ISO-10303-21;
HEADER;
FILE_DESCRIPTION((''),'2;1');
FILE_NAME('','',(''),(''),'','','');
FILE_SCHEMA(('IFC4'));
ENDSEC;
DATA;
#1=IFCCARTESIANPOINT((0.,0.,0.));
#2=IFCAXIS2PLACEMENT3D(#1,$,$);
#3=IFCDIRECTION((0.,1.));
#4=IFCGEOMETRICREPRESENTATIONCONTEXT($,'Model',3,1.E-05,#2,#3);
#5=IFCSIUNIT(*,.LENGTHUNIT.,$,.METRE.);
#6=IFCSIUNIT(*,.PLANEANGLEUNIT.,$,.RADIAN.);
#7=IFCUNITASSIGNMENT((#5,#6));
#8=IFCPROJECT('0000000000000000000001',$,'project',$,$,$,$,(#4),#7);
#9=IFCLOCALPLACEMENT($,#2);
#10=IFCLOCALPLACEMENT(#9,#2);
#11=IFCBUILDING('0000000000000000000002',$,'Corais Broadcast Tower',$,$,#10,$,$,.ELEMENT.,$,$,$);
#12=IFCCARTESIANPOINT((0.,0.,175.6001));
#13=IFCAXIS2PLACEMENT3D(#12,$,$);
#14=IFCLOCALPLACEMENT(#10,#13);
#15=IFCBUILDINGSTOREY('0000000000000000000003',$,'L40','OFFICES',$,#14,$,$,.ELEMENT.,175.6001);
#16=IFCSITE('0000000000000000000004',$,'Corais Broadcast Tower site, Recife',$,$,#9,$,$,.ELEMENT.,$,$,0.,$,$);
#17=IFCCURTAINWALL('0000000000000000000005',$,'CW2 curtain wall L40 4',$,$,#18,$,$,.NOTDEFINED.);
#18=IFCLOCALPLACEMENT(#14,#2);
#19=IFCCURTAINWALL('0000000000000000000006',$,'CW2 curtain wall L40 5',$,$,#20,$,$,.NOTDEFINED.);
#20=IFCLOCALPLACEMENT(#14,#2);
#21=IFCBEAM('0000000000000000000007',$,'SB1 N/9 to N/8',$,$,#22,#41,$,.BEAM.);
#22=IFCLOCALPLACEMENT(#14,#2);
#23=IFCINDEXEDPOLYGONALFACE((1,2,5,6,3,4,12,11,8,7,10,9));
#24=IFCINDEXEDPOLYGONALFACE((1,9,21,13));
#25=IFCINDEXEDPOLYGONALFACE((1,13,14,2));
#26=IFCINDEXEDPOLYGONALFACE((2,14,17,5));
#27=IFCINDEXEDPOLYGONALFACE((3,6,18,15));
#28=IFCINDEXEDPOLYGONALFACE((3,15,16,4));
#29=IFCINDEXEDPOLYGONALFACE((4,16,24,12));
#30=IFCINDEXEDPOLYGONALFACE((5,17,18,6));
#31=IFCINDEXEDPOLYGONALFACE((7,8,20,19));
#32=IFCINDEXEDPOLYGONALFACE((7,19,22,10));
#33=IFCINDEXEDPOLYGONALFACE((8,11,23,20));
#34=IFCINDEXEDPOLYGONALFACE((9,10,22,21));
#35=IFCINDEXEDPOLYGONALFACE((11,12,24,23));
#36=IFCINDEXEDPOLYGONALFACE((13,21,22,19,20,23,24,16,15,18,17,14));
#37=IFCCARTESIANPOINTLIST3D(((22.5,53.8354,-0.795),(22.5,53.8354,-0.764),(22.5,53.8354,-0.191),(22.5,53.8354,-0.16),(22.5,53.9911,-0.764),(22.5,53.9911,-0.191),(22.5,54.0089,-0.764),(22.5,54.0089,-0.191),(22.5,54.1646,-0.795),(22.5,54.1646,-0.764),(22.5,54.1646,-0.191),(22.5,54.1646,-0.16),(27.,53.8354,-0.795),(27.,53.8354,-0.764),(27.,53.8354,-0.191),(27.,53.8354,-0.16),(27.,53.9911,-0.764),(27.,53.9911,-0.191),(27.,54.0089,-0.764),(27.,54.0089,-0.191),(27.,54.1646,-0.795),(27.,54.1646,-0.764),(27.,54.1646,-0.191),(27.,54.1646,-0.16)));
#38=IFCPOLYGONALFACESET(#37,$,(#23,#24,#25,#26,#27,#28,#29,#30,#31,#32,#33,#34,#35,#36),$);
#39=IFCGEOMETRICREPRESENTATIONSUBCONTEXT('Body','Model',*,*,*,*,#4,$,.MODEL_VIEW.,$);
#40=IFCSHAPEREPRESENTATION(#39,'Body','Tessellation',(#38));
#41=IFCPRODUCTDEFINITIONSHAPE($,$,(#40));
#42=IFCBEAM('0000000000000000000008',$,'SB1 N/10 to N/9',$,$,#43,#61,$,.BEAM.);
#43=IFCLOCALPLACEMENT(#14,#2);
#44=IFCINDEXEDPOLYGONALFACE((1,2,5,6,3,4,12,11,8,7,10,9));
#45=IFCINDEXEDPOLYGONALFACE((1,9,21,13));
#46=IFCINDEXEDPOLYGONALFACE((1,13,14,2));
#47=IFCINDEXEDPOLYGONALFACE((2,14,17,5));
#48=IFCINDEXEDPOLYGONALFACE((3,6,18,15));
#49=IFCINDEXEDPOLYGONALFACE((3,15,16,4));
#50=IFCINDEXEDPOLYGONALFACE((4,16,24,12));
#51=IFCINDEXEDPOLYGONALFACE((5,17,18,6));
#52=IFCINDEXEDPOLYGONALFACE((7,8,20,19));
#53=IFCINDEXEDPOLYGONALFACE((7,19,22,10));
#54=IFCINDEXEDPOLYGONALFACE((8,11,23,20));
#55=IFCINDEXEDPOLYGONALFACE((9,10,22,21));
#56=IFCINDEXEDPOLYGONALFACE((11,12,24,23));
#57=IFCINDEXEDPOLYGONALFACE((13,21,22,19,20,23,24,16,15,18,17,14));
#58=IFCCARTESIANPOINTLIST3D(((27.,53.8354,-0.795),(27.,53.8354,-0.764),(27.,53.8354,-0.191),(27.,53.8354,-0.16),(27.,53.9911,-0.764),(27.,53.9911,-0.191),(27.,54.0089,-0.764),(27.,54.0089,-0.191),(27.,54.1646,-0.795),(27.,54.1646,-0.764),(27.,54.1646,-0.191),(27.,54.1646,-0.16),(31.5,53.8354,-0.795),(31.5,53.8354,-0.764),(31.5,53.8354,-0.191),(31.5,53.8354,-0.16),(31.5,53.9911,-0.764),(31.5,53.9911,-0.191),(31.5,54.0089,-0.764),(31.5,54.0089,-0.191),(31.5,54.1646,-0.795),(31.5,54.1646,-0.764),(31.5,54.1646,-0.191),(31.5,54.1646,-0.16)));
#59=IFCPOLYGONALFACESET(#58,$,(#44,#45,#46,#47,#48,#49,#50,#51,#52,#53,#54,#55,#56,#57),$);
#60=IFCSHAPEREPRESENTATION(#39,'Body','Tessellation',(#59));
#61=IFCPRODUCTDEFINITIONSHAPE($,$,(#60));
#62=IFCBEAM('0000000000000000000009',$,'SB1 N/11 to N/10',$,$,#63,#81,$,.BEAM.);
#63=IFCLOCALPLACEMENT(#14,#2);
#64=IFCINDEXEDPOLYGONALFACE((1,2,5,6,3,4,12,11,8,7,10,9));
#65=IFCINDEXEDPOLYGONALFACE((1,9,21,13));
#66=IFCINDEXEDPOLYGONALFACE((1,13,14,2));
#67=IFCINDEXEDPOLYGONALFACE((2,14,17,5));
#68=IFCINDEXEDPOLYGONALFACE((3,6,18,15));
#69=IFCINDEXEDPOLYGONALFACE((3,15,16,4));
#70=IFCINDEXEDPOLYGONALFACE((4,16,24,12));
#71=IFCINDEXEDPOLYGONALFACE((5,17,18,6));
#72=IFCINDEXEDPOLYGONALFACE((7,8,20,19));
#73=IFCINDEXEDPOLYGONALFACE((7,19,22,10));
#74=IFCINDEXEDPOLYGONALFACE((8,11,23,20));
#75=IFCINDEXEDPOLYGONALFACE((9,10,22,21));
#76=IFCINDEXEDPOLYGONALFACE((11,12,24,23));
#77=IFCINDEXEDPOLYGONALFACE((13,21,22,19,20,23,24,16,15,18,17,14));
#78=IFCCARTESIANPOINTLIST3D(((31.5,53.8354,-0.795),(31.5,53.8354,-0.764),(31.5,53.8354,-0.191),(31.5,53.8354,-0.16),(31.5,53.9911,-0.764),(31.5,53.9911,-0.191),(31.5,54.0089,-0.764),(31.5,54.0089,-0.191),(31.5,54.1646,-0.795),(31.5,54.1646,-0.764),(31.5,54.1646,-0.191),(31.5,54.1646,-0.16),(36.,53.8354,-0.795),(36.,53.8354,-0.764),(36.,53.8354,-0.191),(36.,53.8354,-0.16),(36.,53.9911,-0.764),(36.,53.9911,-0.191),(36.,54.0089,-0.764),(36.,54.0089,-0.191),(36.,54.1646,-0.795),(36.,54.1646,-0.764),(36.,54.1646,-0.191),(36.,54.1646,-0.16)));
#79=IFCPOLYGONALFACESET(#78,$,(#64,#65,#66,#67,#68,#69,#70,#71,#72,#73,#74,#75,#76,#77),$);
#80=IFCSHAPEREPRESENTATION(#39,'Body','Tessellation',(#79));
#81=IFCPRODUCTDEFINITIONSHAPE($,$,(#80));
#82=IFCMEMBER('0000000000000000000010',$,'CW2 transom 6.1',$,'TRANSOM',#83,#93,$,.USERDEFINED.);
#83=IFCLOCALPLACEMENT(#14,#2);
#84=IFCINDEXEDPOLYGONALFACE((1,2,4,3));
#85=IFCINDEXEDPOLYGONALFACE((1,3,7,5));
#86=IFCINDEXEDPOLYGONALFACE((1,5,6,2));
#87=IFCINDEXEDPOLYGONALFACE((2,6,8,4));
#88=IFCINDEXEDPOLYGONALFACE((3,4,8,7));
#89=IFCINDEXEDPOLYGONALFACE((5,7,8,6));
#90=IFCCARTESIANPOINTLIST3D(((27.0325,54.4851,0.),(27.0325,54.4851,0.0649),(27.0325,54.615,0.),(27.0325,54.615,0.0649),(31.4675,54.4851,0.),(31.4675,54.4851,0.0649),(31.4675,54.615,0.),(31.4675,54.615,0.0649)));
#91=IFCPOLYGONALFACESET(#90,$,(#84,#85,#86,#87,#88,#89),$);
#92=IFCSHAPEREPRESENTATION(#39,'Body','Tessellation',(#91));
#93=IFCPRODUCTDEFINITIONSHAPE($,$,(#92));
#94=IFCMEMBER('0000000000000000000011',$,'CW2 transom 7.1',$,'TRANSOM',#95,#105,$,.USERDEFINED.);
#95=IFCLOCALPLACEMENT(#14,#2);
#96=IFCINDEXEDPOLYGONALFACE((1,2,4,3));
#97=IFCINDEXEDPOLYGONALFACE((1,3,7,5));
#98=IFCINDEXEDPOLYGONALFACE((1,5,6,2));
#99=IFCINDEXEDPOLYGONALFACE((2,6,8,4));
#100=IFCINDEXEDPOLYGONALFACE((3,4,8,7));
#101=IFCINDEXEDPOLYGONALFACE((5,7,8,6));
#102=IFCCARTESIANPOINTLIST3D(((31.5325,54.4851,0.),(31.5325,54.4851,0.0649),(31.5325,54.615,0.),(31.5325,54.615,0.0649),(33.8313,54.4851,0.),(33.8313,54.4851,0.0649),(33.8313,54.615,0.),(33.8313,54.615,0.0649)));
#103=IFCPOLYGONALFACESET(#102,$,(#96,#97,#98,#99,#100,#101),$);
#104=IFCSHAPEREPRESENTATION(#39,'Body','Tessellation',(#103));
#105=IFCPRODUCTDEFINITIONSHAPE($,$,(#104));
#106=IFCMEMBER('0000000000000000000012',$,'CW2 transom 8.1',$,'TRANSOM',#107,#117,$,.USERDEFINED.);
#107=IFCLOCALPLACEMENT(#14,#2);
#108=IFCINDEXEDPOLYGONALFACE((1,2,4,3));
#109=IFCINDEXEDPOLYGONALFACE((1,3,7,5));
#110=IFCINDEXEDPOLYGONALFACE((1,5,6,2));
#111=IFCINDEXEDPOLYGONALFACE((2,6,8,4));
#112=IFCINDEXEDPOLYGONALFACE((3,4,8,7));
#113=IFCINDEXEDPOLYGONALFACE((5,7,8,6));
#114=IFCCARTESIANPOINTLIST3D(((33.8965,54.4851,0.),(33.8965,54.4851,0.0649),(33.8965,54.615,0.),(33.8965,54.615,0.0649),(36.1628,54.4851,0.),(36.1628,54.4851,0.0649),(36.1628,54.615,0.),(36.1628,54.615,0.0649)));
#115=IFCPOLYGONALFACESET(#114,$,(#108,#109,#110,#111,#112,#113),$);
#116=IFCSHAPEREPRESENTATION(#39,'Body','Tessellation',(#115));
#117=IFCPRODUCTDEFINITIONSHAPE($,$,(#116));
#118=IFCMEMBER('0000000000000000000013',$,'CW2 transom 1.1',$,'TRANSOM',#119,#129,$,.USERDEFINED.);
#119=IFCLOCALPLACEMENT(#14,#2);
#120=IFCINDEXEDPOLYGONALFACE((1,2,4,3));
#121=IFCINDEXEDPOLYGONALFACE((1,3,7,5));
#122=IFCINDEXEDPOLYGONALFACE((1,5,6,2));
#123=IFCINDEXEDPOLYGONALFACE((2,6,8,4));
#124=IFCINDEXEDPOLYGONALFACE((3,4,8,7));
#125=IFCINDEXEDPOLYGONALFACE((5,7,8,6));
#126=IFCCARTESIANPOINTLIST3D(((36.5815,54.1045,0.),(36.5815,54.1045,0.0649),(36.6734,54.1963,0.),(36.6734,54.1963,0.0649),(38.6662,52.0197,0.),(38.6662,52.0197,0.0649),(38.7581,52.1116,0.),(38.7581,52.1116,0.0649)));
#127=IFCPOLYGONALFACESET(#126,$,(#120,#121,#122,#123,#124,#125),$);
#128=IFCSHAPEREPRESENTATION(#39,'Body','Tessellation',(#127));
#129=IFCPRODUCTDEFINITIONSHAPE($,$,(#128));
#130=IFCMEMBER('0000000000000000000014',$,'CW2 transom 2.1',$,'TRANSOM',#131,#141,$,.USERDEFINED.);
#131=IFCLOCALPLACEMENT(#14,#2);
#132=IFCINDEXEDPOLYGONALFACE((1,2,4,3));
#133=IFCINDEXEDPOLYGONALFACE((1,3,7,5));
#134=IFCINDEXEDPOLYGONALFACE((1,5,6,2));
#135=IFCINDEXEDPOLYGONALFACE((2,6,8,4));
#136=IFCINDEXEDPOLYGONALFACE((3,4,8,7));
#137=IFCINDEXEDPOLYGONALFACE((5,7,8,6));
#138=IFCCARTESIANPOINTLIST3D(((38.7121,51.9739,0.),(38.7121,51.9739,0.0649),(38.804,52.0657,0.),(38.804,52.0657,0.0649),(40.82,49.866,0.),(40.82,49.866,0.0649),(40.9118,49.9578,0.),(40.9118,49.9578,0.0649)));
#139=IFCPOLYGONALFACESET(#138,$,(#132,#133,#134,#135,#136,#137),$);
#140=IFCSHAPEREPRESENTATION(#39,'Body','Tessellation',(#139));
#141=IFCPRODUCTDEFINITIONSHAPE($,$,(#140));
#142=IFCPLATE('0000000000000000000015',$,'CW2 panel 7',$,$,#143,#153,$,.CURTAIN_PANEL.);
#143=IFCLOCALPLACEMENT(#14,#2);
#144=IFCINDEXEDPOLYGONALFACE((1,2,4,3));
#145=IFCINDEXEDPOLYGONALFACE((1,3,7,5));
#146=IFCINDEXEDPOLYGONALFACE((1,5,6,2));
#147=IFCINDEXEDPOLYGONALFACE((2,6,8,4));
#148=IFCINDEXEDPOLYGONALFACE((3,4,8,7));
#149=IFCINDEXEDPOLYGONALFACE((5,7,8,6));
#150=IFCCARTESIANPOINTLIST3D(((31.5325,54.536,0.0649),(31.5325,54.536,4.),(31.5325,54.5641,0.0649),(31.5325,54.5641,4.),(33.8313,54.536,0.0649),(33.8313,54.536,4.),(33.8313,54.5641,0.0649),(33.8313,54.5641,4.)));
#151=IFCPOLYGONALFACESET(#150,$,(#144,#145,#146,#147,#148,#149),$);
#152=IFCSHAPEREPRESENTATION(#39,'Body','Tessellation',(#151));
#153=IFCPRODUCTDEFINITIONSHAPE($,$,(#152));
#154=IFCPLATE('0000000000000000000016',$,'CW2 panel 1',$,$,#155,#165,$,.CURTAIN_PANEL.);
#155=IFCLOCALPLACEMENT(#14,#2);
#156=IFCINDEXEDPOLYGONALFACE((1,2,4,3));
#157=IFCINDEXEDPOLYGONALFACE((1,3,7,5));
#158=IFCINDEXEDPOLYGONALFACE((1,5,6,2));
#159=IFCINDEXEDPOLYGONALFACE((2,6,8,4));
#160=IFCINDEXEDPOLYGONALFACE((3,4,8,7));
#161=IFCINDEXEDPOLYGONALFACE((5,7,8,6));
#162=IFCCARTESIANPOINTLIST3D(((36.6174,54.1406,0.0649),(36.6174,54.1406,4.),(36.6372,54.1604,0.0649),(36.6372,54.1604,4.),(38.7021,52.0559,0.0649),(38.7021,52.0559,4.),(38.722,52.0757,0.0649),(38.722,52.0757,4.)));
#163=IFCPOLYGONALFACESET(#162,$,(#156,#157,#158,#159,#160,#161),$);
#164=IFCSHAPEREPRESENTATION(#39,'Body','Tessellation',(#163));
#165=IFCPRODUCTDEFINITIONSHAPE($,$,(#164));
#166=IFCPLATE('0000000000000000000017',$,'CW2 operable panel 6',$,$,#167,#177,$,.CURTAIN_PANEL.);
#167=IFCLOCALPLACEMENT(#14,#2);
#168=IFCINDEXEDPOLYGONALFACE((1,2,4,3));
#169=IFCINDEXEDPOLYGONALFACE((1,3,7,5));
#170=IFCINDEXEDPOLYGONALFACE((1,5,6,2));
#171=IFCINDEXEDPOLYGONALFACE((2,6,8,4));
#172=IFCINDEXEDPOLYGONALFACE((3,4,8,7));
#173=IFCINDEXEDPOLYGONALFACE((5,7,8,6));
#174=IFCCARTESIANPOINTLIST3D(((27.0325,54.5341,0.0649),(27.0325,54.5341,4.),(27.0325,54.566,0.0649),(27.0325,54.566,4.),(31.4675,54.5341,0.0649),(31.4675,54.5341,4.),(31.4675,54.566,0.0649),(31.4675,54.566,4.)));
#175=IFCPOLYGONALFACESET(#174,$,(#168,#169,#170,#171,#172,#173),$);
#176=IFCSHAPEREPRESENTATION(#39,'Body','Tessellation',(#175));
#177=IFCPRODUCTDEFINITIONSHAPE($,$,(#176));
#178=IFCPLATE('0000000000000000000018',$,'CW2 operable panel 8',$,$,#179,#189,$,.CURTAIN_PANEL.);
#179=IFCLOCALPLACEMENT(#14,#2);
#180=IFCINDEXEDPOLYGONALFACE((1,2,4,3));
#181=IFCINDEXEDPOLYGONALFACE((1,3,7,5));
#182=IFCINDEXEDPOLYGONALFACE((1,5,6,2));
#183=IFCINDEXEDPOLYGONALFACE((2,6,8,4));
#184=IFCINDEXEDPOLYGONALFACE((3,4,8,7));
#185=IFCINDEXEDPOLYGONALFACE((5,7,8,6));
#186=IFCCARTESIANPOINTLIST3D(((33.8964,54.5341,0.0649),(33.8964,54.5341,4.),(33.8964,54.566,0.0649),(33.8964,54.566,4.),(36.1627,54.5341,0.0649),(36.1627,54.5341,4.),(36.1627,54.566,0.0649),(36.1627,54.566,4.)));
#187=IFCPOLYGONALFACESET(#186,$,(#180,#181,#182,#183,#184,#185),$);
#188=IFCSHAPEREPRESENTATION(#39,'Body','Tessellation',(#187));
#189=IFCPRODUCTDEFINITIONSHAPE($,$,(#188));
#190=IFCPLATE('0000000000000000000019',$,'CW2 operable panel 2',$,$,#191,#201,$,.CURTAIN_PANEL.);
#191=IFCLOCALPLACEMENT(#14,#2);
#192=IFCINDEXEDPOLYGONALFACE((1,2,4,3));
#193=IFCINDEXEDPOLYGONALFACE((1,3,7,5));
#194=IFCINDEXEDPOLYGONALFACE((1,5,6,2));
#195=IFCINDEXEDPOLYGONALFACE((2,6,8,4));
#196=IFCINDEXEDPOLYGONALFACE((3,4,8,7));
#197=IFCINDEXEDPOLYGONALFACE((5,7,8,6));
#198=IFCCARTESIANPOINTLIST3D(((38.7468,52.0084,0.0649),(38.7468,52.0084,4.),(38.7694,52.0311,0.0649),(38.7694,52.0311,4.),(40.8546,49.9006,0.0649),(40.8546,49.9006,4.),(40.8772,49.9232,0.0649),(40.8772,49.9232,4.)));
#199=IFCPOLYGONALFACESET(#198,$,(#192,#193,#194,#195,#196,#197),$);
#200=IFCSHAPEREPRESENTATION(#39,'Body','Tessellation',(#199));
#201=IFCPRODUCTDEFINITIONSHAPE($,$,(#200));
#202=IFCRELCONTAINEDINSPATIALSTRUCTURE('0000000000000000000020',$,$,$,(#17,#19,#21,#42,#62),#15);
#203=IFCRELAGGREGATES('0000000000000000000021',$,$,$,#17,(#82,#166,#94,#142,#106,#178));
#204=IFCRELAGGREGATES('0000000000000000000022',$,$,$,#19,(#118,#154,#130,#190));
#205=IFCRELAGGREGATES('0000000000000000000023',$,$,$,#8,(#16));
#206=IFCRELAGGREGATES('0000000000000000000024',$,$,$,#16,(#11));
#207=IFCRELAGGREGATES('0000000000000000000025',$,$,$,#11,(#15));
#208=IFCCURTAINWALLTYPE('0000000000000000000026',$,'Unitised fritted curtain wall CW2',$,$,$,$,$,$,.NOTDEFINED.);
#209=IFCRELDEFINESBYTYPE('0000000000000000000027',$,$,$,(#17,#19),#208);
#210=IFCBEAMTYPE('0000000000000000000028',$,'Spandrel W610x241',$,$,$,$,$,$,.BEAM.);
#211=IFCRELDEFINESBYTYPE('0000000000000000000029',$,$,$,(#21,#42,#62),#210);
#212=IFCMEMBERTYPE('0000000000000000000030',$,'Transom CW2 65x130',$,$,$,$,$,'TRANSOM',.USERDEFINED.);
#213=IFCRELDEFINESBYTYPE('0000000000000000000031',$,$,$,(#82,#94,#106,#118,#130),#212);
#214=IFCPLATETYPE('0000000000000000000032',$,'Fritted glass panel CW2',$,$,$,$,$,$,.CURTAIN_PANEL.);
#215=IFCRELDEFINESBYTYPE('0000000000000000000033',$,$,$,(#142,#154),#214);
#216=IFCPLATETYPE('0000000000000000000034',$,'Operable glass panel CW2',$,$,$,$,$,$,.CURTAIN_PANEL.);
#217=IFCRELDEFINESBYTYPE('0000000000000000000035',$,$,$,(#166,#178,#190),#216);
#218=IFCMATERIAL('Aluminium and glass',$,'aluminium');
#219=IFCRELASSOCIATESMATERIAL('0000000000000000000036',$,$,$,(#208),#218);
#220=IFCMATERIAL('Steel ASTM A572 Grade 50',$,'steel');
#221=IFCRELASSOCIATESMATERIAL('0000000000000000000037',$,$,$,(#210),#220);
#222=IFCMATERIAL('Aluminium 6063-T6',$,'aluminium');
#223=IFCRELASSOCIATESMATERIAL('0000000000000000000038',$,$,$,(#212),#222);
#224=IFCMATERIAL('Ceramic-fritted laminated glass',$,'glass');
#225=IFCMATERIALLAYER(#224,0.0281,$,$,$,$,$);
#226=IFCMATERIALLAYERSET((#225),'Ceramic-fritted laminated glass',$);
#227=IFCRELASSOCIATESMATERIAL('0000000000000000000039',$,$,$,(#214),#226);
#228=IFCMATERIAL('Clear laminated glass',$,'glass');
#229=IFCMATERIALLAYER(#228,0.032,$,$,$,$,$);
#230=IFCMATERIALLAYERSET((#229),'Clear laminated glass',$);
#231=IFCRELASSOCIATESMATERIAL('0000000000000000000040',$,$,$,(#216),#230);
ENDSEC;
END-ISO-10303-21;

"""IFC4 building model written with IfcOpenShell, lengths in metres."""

from ifc_helpers import new_model, si_unit, direction, frame, origin, origin_2d, place, context, subcontext, project, spatial, rectangle, i_section, extrude, material, layer, layer_set, material_profile, profile_set, type_object, element, aggregate, save


model = new_model("IFC4")

# Units and contexts
model_context = context("Model", 3, precision=1e-05, world=origin(), true_north=direction((0.0, 1.0)))
body_context = subcontext(model_context, "Body", "Model", "MODEL_VIEW")
ifc_project = project(units=[si_unit("LENGTHUNIT", "METRE"), si_unit("PLANEANGLEUNIT", "RADIAN")], contexts=[model_context])

# Site, building, storey
site_placement = place(None, origin())
site = spatial("IfcSite", under=ifc_project, at=site_placement, Name="Corais Broadcast Tower site, Recife", CompositionType="ELEMENT", RefElevation=0.0)
building_placement = place(site_placement, origin())
building = spatial("IfcBuilding", under=site, at=building_placement, Name="Corais Broadcast Tower", CompositionType="ELEMENT")
storey_placement = place(building_placement, frame((0.0, 0.0, 175.6001)))
storey = spatial("IfcBuildingStorey", under=building, at=storey_placement, Name="L40", Description="OFFICES", CompositionType="ELEMENT", Elevation=175.6001)

# Curtain walls
ifc_material_1 = material(Name="Aluminium and glass", Category="aluminium")
curtain_wall_type = type_object("IfcCurtainWallType", Name="Unitised fritted curtain wall CW2", PredefinedType="NOTDEFINED", material=ifc_material_1)
curtain_wall_1_placement = place(storey_placement, origin())
curtain_wall_1 = element("IfcCurtainWall", 1, at=curtain_wall_1_placement, inside=storey, type_object=curtain_wall_type, Name="CW2 curtain wall L40 4", PredefinedType="NOTDEFINED")
curtain_wall_2_placement = place(storey_placement, origin())
curtain_wall_2 = element("IfcCurtainWall", 2, at=curtain_wall_2_placement, inside=storey, type_object=curtain_wall_type, Name="CW2 curtain wall L40 5", PredefinedType="NOTDEFINED")

# Beams
ifc_material_2 = material(Name="Steel ASTM A572 Grade 50", Category="steel")
ifc_material_profile_1 = material_profile(ifc_material_2, i_section(OverallWidth=0.3291, OverallDepth=0.635, WebThickness=0.0178, FlangeThickness=0.031, at=origin_2d()), Name="W610x241")
ifc_profile_set_1 = profile_set([ifc_material_profile_1], Name="Steel ASTM A572 Grade 50")
beam_type_1 = type_object("IfcBeamType", Name="Spandrel W610x241", PredefinedType="BEAM", material=ifc_profile_set_1)
for number, where, z_axis, x_axis, name in (
    (3, (27.0, 54.0, -0.4775), (-1.0, 0.0, 0.0), (0.0, -1.0, 0.0), "SB1 N/9 to N/8"),
    (4, (31.5, 54.0, -0.4775), (-1.0, 0.0, 0.0), (0.0, -1.0, 0.0), "SB1 N/10 to N/9"),
    (5, (36.0, 54.0, -0.4775), (-1.0, 0.0, 0.0), (0.0, -1.0, 0.0), "SB1 N/11 to N/10"),
):
    element("IfcBeam", number, at=place(storey_placement, frame(where, z_axis=z_axis, x_axis=x_axis)), inside=storey, type_object=beam_type_1, Name=name, PredefinedType="BEAM", context=body_context, shape_type="SweptSolid", body=[
        extrude(i_section(OverallWidth=0.3291, OverallDepth=0.635, WebThickness=0.0178, FlangeThickness=0.031, at=origin_2d()), origin(), (0.0, 0.0, 1.0), 4.5),
    ])

# Members
ifc_material_3 = material(Name="Aluminium 6063-T6", Category="aluminium")
ifc_material_profile_2 = material_profile(ifc_material_3, rectangle(XDim=0.1299, YDim=0.0649, at=origin_2d()), Name="Transom CW2 65x130")
ifc_profile_set_2 = profile_set([ifc_material_profile_2], Name="Aluminium 6063-T6")
member_type_1 = type_object("IfcMemberType", Name="Transom CW2 65x130", ElementType="TRANSOM", PredefinedType="USERDEFINED", material=ifc_profile_set_2)
member_1_placement = place(storey_placement, frame((27.0325, 54.55, 0.0325), z_axis=(1.0, 0.0, 0.0), x_axis=(0.0, 1.0, 0.0)))
member_1 = element("IfcMember", 6, at=member_1_placement, type_object=member_type_1, Name="CW2 transom 6.1", ObjectType="TRANSOM", PredefinedType="USERDEFINED", context=body_context, shape_type="SweptSolid", body=[
    extrude(rectangle(XDim=0.1299, YDim=0.0649, at=origin_2d()), origin(), (0.0, 0.0, 1.0), 4.4351),
])
member_2_placement = place(storey_placement, frame((31.5325, 54.55, 0.0325), z_axis=(1.0, 0.0, 0.0), x_axis=(0.0, 1.0, 0.0)))
member_2 = element("IfcMember", 7, at=member_2_placement, type_object=member_type_1, Name="CW2 transom 7.1", ObjectType="TRANSOM", PredefinedType="USERDEFINED", context=body_context, shape_type="SweptSolid", body=[
    extrude(rectangle(XDim=0.1299, YDim=0.0649, at=origin_2d()), origin(), (0.0, 0.0, 1.0), 2.2988),
])
member_3_placement = place(storey_placement, frame((33.8965, 54.55, 0.0325), z_axis=(1.0, 0.0, 0.0), x_axis=(0.0, 1.0, 0.0)))
member_3 = element("IfcMember", 8, at=member_3_placement, type_object=member_type_1, Name="CW2 transom 8.1", ObjectType="TRANSOM", PredefinedType="USERDEFINED", context=body_context, shape_type="SweptSolid", body=[
    extrude(rectangle(XDim=0.1299, YDim=0.0649, at=origin_2d()), origin(), (0.0, 0.0, 1.0), 2.2664),
])
member_4_placement = place(storey_placement, frame((36.6274, 54.1504, 0.0325), z_axis=(0.707107, -0.707107, 0.0), x_axis=(0.707107, 0.707107, 0.0)))
member_4 = element("IfcMember", 9, at=member_4_placement, type_object=member_type_1, Name="CW2 transom 1.1", ObjectType="TRANSOM", PredefinedType="USERDEFINED", context=body_context, shape_type="SweptSolid", body=[
    extrude(rectangle(XDim=0.1299, YDim=0.0649, at=origin_2d()), origin(), (0.0, 0.0, 1.0), 2.9482),
])
member_5_placement = place(storey_placement, frame((38.7581, 52.0198, 0.0325), z_axis=(0.707107, -0.707107, 0.0), x_axis=(0.707107, 0.707107, 0.0)))
member_5 = element("IfcMember", 10, at=member_5_placement, type_object=member_type_1, Name="CW2 transom 2.1", ObjectType="TRANSOM", PredefinedType="USERDEFINED", context=body_context, shape_type="SweptSolid", body=[
    extrude(rectangle(XDim=0.1299, YDim=0.0649, at=origin_2d()), origin(), (0.0, 0.0, 1.0), 2.981),
])

# Plates
ifc_material_4 = material(Name="Ceramic-fritted laminated glass", Category="glass")
ifc_layer_1 = layer(ifc_material_4, 0.0281)
ifc_layer_set_1 = layer_set([ifc_layer_1], Name="Ceramic-fritted laminated glass")
plate_type_1 = type_object("IfcPlateType", Name="Fritted glass panel CW2", PredefinedType="CURTAIN_PANEL", material=ifc_layer_set_1)
plate_1_placement = place(storey_placement, frame((32.6819, 54.55, 0.0649), z_axis=(0.0, 0.0, 1.0), x_axis=(1.0, 0.0, 0.0)))
plate_1 = element("IfcPlate", 11, at=plate_1_placement, type_object=plate_type_1, Name="CW2 panel 7", PredefinedType="CURTAIN_PANEL", context=body_context, shape_type="SweptSolid", body=[
    extrude(rectangle(XDim=2.2988, YDim=0.0281, at=origin_2d()), origin(), (0.0, 0.0, 1.0), 3.9351),
])
plate_2_placement = place(storey_placement, frame((37.6697, 53.1082, 0.0649), z_axis=(0.0, 0.0, 1.0), x_axis=(0.707107, -0.707107, 0.0)))
plate_2 = element("IfcPlate", 12, at=plate_2_placement, type_object=plate_type_1, Name="CW2 panel 1", PredefinedType="CURTAIN_PANEL", context=body_context, shape_type="SweptSolid", body=[
    extrude(rectangle(XDim=2.9482, YDim=0.0281, at=origin_2d()), origin(), (0.0, 0.0, 1.0), 3.9351),
])
ifc_material_5 = material(Name="Clear laminated glass", Category="glass")
ifc_layer_2 = layer(ifc_material_5, 0.032)
ifc_layer_set_2 = layer_set([ifc_layer_2], Name="Clear laminated glass")
plate_type_2 = type_object("IfcPlateType", Name="Operable glass panel CW2", PredefinedType="CURTAIN_PANEL", material=ifc_layer_set_2)
plate_3_placement = place(storey_placement, frame((29.25, 54.55, 0.0649), z_axis=(0.0, 0.0, 1.0), x_axis=(1.0, 0.0, 0.0)))
plate_3 = element("IfcPlate", 13, at=plate_3_placement, type_object=plate_type_2, Name="CW2 operable panel 6", PredefinedType="CURTAIN_PANEL", context=body_context, shape_type="SweptSolid", body=[
    extrude(rectangle(XDim=4.4351, YDim=0.032, at=origin_2d()), origin(), (0.0, 0.0, 1.0), 3.9351),
])
plate_4_placement = place(storey_placement, frame((35.0295, 54.55, 0.0649), z_axis=(0.0, 0.0, 1.0), x_axis=(1.0, 0.0, 0.0)))
plate_4 = element("IfcPlate", 14, at=plate_4_placement, type_object=plate_type_2, Name="CW2 operable panel 8", PredefinedType="CURTAIN_PANEL", context=body_context, shape_type="SweptSolid", body=[
    extrude(rectangle(XDim=2.2664, YDim=0.032, at=origin_2d()), origin(), (0.0, 0.0, 1.0), 3.9351),
])
aggregate(curtain_wall_1, [member_1, plate_3, member_2, plate_1, member_3, plate_4])
plate_5_placement = place(storey_placement, frame((39.812, 50.9658, 0.0649), z_axis=(0.0, 0.0, 1.0), x_axis=(0.707107, -0.707107, 0.0)))
plate_5 = element("IfcPlate", 15, at=plate_5_placement, type_object=plate_type_2, Name="CW2 operable panel 2", PredefinedType="CURTAIN_PANEL", context=body_context, shape_type="SweptSolid", body=[
    extrude(rectangle(XDim=2.981, YDim=0.032, at=origin_2d()), origin(), (0.0, 0.0, 1.0), 3.9351),
])
aggregate(curtain_wall_2, [member_4, plate_2, member_5, plate_5])

save(model, "model.ifc")
